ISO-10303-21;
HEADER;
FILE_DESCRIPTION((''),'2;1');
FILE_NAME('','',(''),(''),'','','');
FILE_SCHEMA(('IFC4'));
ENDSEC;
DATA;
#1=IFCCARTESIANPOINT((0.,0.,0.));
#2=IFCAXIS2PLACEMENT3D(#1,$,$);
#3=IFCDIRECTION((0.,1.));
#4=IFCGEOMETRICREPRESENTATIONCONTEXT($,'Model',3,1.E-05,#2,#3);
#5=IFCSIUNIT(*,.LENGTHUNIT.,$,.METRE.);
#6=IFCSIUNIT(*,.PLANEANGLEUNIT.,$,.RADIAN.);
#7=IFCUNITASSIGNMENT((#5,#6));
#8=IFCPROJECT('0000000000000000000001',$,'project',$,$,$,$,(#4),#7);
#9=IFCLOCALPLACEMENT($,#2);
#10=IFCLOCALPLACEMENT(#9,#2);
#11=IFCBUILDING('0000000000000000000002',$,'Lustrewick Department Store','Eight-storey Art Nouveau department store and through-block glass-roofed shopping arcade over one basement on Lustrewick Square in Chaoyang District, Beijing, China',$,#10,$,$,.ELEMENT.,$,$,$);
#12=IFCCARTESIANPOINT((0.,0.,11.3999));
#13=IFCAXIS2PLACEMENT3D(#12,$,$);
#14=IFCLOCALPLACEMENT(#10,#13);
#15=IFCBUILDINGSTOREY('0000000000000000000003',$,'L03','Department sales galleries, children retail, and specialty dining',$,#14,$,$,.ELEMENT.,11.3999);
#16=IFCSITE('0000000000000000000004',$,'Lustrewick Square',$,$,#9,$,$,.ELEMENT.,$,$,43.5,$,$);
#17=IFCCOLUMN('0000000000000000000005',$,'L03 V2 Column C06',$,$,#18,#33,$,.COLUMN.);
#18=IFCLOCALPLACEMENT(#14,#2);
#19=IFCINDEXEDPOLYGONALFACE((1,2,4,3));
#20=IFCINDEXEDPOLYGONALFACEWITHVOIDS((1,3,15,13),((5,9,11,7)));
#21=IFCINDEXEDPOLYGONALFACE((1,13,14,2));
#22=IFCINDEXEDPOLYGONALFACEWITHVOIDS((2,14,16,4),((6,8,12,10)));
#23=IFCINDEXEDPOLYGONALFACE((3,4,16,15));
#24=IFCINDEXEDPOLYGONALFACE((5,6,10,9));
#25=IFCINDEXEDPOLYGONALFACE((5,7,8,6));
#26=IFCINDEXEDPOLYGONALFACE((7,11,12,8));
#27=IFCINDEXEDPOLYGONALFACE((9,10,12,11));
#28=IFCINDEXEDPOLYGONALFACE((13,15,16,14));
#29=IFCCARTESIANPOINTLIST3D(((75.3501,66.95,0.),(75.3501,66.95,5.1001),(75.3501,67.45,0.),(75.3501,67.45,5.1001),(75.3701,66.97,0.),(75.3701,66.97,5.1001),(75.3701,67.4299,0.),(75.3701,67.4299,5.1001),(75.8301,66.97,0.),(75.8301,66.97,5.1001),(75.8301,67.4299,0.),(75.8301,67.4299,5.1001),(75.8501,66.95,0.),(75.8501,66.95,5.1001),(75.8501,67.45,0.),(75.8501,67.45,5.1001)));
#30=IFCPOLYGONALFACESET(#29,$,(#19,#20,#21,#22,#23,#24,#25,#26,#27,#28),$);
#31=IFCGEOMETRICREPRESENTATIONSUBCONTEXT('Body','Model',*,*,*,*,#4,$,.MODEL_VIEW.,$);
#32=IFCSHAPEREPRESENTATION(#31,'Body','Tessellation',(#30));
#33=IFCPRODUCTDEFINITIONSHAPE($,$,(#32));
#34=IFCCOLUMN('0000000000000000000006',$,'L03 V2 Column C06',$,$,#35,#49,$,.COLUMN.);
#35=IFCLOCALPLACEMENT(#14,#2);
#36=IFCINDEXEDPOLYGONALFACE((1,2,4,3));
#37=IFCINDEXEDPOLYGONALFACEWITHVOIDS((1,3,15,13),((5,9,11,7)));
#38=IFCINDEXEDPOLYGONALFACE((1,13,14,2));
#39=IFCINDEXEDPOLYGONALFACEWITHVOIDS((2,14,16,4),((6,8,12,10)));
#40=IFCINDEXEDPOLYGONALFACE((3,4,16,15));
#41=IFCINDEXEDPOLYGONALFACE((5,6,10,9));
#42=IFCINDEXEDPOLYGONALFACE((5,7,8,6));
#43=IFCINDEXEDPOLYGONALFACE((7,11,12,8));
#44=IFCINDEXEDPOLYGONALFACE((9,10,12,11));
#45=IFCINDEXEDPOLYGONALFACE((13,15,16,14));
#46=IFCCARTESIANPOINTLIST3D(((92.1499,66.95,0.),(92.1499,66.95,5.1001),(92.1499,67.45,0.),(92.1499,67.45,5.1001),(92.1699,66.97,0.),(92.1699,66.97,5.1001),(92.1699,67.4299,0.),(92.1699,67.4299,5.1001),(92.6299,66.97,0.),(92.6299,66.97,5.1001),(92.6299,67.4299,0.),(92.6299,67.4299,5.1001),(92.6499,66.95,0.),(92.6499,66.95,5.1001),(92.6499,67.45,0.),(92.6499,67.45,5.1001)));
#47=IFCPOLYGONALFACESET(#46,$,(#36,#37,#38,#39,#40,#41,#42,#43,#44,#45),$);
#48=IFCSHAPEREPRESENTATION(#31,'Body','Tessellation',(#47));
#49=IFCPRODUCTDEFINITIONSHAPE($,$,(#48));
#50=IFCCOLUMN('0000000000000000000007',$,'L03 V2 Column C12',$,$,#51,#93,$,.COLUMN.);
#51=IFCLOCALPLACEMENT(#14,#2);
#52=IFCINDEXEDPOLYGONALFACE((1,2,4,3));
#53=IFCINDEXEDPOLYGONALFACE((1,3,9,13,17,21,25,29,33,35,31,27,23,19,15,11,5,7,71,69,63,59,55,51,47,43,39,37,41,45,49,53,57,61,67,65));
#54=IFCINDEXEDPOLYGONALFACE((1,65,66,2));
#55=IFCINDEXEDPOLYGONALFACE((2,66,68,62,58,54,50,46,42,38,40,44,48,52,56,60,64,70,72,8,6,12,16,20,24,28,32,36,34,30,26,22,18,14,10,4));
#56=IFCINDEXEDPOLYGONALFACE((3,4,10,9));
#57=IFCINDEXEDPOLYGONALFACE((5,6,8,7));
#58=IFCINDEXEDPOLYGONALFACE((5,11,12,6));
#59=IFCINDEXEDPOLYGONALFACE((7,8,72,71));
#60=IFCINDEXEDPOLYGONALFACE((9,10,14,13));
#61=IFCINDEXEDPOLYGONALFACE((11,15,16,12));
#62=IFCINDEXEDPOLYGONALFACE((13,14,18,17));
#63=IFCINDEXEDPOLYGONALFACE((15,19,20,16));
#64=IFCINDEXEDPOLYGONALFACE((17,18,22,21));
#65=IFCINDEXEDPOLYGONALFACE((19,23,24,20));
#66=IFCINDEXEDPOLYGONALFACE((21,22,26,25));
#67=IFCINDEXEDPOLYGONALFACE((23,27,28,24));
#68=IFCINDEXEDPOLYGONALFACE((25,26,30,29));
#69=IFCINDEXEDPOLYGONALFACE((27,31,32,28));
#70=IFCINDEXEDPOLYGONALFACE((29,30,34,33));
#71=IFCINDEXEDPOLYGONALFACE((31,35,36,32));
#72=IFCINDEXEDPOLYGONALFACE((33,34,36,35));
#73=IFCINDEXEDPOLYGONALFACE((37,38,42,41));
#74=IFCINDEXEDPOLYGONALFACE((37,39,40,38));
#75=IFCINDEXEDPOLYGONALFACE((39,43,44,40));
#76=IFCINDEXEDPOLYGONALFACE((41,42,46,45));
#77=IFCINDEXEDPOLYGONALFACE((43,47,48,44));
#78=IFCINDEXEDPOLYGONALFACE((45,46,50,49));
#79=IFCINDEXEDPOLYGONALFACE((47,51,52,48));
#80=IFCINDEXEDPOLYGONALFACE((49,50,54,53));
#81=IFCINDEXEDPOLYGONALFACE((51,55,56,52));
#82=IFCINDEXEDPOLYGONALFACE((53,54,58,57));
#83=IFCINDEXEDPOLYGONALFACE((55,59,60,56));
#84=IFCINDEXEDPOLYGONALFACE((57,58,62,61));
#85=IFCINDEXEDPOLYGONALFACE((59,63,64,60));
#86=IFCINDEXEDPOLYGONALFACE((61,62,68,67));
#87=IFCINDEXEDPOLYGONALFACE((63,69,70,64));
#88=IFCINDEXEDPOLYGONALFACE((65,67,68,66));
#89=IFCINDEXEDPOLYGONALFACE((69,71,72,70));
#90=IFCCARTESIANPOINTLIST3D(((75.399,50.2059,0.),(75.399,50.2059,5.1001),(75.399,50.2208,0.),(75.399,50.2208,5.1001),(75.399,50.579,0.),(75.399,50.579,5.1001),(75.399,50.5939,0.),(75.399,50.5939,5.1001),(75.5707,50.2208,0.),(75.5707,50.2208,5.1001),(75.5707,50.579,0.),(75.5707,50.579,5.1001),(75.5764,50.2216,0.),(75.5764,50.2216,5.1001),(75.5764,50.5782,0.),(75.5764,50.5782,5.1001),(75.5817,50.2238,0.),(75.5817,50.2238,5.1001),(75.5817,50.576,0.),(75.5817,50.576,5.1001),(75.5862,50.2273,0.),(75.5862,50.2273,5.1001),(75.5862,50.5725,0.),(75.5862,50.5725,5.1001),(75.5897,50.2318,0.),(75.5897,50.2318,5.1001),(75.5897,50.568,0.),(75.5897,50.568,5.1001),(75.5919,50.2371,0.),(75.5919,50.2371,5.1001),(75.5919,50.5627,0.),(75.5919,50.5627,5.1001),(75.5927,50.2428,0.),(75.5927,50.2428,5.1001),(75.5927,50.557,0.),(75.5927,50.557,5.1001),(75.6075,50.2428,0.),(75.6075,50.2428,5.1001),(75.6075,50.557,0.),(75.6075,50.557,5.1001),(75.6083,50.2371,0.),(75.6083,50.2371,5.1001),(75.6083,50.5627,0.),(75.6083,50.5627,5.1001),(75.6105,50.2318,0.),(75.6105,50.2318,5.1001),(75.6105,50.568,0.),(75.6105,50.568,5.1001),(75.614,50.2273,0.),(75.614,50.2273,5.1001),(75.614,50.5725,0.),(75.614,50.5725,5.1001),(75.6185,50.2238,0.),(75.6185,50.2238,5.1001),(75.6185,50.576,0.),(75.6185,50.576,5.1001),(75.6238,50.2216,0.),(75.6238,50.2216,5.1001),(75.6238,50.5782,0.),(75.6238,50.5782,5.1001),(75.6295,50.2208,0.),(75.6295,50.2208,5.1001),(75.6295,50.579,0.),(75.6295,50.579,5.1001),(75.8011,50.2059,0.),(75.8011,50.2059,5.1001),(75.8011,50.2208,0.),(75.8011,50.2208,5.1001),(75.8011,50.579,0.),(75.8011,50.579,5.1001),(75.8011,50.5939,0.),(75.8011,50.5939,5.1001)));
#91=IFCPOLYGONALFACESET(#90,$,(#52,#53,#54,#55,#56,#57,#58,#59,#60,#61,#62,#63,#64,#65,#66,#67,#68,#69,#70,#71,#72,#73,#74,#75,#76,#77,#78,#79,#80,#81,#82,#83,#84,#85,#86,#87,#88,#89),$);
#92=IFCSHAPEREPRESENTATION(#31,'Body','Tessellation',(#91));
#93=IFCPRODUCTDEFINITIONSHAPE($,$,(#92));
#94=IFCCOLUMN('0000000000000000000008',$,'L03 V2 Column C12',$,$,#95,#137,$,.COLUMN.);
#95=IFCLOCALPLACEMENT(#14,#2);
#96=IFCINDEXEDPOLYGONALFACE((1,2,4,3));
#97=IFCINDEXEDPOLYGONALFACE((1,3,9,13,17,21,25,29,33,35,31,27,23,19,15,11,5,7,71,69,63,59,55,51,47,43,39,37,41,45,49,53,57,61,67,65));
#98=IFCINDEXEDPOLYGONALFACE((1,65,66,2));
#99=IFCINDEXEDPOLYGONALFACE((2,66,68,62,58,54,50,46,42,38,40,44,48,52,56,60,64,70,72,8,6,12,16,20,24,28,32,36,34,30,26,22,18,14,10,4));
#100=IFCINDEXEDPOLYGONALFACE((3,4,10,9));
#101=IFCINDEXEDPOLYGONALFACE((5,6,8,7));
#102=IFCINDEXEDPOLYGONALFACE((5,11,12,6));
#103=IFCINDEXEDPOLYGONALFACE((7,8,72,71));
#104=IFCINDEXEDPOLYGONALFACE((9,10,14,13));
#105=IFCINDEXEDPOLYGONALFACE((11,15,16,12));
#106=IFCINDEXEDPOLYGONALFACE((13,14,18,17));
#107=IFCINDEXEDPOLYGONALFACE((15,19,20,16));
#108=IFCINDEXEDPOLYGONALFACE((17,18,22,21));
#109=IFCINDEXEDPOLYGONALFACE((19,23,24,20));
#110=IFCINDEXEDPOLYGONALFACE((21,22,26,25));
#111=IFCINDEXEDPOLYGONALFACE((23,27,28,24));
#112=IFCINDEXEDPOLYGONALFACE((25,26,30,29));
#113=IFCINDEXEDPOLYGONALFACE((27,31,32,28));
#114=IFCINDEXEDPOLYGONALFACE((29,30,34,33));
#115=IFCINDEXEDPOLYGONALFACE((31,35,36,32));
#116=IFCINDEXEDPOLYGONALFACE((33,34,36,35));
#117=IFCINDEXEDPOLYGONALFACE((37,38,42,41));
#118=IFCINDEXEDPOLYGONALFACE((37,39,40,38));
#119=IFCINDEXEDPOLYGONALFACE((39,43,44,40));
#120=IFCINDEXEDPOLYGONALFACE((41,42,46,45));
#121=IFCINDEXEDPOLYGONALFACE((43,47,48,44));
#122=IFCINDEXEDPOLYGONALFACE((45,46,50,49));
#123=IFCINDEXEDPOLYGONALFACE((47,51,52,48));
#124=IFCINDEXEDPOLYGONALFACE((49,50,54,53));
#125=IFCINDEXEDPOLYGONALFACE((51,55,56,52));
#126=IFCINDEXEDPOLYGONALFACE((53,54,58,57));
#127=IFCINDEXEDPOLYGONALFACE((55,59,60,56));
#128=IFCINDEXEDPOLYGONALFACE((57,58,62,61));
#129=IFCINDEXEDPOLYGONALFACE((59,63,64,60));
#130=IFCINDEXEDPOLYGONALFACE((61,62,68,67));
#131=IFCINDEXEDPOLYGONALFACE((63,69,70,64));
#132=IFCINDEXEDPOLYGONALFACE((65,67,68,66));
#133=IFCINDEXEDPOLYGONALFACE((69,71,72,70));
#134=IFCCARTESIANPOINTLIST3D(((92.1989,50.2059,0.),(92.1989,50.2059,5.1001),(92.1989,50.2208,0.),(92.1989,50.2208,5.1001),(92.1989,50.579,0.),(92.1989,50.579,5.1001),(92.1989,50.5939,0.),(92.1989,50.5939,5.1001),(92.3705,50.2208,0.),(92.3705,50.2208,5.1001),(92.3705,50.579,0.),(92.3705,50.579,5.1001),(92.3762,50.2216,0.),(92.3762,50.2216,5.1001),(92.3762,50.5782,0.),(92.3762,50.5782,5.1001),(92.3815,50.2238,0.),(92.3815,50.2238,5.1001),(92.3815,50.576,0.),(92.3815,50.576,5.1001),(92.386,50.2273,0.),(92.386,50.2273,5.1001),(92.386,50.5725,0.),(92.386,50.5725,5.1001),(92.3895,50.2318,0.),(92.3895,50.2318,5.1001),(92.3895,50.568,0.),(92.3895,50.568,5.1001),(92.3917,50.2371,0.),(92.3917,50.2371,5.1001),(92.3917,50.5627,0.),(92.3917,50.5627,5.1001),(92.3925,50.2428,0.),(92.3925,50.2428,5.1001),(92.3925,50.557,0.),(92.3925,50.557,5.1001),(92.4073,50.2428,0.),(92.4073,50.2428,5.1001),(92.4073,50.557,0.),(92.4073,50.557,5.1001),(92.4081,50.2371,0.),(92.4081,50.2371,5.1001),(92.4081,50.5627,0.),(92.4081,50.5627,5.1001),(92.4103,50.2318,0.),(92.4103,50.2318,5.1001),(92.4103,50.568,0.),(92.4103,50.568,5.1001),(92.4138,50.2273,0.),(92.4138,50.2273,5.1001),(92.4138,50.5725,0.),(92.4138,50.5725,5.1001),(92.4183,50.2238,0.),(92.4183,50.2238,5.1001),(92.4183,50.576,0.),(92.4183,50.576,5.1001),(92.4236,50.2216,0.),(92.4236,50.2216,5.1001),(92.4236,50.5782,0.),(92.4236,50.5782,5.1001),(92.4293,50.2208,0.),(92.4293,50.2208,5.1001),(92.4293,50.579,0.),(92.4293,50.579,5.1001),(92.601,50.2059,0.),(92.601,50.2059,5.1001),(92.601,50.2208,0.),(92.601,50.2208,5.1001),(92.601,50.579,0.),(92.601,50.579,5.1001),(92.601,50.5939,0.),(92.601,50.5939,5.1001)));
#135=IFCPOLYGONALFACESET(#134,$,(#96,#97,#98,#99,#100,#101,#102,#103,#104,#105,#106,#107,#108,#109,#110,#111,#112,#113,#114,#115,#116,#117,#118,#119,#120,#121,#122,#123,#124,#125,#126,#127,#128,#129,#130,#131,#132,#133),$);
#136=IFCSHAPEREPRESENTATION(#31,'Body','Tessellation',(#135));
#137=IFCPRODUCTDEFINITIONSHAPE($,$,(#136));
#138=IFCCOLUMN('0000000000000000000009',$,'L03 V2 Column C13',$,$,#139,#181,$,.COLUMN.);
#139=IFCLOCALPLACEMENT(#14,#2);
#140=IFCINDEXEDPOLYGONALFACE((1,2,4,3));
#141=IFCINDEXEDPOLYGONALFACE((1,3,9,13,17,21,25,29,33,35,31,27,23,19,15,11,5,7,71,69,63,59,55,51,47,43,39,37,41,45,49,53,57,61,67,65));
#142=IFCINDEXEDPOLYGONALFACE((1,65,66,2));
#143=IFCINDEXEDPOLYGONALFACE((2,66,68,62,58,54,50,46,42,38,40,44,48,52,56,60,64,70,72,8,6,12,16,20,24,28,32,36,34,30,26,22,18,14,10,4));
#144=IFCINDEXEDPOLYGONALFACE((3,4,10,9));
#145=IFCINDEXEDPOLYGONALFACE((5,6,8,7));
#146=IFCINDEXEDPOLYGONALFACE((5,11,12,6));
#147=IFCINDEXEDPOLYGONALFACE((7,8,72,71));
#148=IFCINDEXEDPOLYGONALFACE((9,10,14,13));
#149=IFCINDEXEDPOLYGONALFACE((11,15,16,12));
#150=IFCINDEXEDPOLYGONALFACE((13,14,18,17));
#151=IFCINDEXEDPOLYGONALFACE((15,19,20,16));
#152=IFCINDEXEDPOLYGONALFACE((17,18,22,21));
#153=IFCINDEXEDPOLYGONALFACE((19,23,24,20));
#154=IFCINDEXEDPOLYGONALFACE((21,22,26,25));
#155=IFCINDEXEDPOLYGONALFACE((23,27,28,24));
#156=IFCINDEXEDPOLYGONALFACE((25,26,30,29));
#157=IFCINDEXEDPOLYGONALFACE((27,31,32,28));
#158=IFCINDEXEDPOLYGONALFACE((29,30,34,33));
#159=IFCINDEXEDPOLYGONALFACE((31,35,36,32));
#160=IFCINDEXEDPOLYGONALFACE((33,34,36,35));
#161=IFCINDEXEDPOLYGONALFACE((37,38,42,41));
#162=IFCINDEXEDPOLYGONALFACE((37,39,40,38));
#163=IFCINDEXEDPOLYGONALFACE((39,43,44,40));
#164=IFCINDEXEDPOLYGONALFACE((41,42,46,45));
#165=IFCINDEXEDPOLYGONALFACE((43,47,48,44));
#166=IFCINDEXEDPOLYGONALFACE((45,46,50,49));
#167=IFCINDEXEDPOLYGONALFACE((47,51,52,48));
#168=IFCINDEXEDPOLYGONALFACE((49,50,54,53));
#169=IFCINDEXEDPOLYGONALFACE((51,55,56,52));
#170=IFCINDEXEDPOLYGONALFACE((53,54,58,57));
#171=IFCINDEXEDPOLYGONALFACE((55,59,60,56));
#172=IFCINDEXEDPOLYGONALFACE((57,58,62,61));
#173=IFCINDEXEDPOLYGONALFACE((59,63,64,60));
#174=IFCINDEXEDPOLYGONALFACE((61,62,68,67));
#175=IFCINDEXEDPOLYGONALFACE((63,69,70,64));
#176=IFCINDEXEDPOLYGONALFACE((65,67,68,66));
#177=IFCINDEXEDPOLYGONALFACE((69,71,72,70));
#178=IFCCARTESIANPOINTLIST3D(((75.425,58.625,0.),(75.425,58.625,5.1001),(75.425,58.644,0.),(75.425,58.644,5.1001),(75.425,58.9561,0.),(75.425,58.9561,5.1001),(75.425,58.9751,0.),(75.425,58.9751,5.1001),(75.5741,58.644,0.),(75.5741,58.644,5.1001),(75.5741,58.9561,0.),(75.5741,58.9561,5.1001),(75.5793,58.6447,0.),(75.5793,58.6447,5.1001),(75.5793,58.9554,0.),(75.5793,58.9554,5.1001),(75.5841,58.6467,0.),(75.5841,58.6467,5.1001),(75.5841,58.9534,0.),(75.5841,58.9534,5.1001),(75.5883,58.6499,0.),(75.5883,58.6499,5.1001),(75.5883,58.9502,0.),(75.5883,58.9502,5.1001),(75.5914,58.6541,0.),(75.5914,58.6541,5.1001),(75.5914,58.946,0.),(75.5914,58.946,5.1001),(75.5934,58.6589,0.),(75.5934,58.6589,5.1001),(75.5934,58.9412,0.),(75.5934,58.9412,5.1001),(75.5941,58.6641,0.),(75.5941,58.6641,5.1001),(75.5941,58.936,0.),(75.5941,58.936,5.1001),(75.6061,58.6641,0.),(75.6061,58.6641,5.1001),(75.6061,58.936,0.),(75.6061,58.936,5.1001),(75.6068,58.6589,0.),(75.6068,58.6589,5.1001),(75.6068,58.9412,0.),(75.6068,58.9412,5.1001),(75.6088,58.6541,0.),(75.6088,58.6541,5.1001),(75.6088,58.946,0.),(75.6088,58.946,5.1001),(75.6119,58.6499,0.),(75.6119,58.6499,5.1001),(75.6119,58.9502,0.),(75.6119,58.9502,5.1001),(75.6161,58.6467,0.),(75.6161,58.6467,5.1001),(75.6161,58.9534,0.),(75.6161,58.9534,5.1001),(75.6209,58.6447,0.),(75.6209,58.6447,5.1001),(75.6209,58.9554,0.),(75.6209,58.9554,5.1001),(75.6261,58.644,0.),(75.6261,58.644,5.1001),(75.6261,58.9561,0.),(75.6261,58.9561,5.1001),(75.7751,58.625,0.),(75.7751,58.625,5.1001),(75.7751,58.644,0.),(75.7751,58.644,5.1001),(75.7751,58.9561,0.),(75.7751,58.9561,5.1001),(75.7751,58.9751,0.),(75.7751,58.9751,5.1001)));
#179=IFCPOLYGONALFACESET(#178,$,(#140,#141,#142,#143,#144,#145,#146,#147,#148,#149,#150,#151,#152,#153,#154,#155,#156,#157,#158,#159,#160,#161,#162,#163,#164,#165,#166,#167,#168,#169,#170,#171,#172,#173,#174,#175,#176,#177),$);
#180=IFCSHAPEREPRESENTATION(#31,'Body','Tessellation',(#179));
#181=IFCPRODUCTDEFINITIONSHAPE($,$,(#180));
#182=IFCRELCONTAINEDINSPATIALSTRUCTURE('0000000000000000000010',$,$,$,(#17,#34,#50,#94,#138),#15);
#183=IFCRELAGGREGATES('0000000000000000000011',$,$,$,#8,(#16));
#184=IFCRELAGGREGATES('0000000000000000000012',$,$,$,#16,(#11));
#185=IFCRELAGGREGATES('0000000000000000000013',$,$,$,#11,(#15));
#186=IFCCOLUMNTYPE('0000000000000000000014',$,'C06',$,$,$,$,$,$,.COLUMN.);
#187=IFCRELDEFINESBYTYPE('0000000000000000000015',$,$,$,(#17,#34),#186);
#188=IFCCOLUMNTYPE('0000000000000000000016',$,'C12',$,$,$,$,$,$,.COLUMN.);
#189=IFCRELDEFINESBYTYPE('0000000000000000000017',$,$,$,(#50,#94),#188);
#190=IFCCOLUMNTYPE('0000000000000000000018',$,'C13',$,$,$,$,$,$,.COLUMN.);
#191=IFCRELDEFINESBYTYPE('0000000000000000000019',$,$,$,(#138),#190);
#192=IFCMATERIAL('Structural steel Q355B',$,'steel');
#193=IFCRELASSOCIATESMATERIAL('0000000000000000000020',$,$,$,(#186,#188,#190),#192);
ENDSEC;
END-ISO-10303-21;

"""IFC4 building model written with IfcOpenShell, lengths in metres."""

from ifc_helpers import new_model, si_unit, direction, frame, origin, origin_2d, place, context, subcontext, project, spatial, hollow_rectangle, i_section, extrude, material, material_profile, profile_set, type_object, element, save


model = new_model("IFC4")

# Units and contexts
model_context = context("Model", 3, precision=1e-05, world=origin(), true_north=direction((0.0, 1.0)))
body_context = subcontext(model_context, "Body", "Model", "MODEL_VIEW")
ifc_project = project(units=[si_unit("LENGTHUNIT", "METRE"), si_unit("PLANEANGLEUNIT", "RADIAN")], contexts=[model_context])

# Site, building, storey
site_placement = place(None, origin())
site = spatial("IfcSite", under=ifc_project, at=site_placement, Name="Lustrewick Square", CompositionType="ELEMENT", RefElevation=43.5)
building_placement = place(site_placement, origin())
building = spatial("IfcBuilding", under=site, at=building_placement, Name="Lustrewick Department Store", Description="Eight-storey Art Nouveau department store and through-block glass-roofed shopping arcade over one basement on Lustrewick Square in Chaoyang District, Beijing, China", CompositionType="ELEMENT")
storey_placement = place(building_placement, frame((0.0, 0.0, 11.3999)))
storey = spatial("IfcBuildingStorey", under=building, at=storey_placement, Name="L03", Description="Department sales galleries, children retail, and specialty dining", CompositionType="ELEMENT", Elevation=11.3999)

# Columns
ifc_material_1 = material(Name="Structural steel Q355B", Category="steel")
ifc_material_profile_1 = material_profile(ifc_material_1, hollow_rectangle(XDim=0.5, YDim=0.5, WallThickness=0.02, at=origin_2d()), Name="BOX 500x500x20")
ifc_profile_set_1 = profile_set([ifc_material_profile_1], Name="Structural steel Q355B")
column_type_1 = type_object("IfcColumnType", Name="C06", PredefinedType="COLUMN", material=ifc_profile_set_1)
for number, where, z_axis, x_axis, name in (
    (1, (75.6001, 67.2, 0.0), (0.0, 0.0, 1.0), (1.0, 0.0, 0.0), "L03 V2 Column C06"),
    (2, (92.3999, 67.2, 0.0), (0.0, 0.0, 1.0), (1.0, 0.0, 0.0), "L03 V2 Column C06"),
):
    element("IfcColumn", number, at=place(storey_placement, frame(where, z_axis=z_axis, x_axis=x_axis)), inside=storey, type_object=column_type_1, Name=name, PredefinedType="COLUMN", context=body_context, shape_type="SweptSolid", body=[
        extrude(hollow_rectangle(XDim=0.5, YDim=0.5, WallThickness=0.02, at=origin_2d()), origin(), (0.0, 0.0, 1.0), 5.1001),
    ])
ifc_material_profile_2 = material_profile(ifc_material_1, i_section(OverallWidth=0.4021, OverallDepth=0.3879, WebThickness=0.0149, FlangeThickness=0.0149, FilletRadius=0.022, at=origin_2d()), Name="HW 388x402x15x15")
ifc_profile_set_2 = profile_set([ifc_material_profile_2], Name="Structural steel Q355B")
column_type_2 = type_object("IfcColumnType", Name="C12", PredefinedType="COLUMN", material=ifc_profile_set_2)
for number, where, z_axis, x_axis, name in (
    (3, (75.6001, 50.3999, 0.0), (0.0, 0.0, 1.0), (1.0, 0.0, 0.0), "L03 V2 Column C12"),
    (4, (92.3999, 50.3999, 0.0), (0.0, 0.0, 1.0), (1.0, 0.0, 0.0), "L03 V2 Column C12"),
):
    element("IfcColumn", number, at=place(storey_placement, frame(where, z_axis=z_axis, x_axis=x_axis)), inside=storey, type_object=column_type_2, Name=name, PredefinedType="COLUMN", context=body_context, shape_type="SweptSolid", body=[
        extrude(i_section(OverallWidth=0.4021, OverallDepth=0.3879, WebThickness=0.0149, FlangeThickness=0.0149, FilletRadius=0.022, at=origin_2d()), origin(), (0.0, 0.0, 1.0), 5.1001),
    ])
ifc_material_profile_3 = material_profile(ifc_material_1, i_section(OverallWidth=0.3501, OverallDepth=0.3501, WebThickness=0.012, FlangeThickness=0.019, FilletRadius=0.02, at=origin_2d()), Name="HW 350x350x12x19")
ifc_profile_set_3 = profile_set([ifc_material_profile_3], Name="Structural steel Q355B")
column_type_3 = type_object("IfcColumnType", Name="C13", PredefinedType="COLUMN", material=ifc_profile_set_3)
for number, where, z_axis, x_axis, name in (
    (5, (75.6001, 58.8, 0.0), (0.0, 0.0, 1.0), (1.0, 0.0, 0.0), "L03 V2 Column C13"),
):
    element("IfcColumn", number, at=place(storey_placement, frame(where, z_axis=z_axis, x_axis=x_axis)), inside=storey, type_object=column_type_3, Name=name, PredefinedType="COLUMN", context=body_context, shape_type="SweptSolid", body=[
        extrude(i_section(OverallWidth=0.3501, OverallDepth=0.3501, WebThickness=0.012, FlangeThickness=0.019, FilletRadius=0.02, at=origin_2d()), origin(), (0.0, 0.0, 1.0), 5.1001),
    ])

save(model, "model.ifc")
